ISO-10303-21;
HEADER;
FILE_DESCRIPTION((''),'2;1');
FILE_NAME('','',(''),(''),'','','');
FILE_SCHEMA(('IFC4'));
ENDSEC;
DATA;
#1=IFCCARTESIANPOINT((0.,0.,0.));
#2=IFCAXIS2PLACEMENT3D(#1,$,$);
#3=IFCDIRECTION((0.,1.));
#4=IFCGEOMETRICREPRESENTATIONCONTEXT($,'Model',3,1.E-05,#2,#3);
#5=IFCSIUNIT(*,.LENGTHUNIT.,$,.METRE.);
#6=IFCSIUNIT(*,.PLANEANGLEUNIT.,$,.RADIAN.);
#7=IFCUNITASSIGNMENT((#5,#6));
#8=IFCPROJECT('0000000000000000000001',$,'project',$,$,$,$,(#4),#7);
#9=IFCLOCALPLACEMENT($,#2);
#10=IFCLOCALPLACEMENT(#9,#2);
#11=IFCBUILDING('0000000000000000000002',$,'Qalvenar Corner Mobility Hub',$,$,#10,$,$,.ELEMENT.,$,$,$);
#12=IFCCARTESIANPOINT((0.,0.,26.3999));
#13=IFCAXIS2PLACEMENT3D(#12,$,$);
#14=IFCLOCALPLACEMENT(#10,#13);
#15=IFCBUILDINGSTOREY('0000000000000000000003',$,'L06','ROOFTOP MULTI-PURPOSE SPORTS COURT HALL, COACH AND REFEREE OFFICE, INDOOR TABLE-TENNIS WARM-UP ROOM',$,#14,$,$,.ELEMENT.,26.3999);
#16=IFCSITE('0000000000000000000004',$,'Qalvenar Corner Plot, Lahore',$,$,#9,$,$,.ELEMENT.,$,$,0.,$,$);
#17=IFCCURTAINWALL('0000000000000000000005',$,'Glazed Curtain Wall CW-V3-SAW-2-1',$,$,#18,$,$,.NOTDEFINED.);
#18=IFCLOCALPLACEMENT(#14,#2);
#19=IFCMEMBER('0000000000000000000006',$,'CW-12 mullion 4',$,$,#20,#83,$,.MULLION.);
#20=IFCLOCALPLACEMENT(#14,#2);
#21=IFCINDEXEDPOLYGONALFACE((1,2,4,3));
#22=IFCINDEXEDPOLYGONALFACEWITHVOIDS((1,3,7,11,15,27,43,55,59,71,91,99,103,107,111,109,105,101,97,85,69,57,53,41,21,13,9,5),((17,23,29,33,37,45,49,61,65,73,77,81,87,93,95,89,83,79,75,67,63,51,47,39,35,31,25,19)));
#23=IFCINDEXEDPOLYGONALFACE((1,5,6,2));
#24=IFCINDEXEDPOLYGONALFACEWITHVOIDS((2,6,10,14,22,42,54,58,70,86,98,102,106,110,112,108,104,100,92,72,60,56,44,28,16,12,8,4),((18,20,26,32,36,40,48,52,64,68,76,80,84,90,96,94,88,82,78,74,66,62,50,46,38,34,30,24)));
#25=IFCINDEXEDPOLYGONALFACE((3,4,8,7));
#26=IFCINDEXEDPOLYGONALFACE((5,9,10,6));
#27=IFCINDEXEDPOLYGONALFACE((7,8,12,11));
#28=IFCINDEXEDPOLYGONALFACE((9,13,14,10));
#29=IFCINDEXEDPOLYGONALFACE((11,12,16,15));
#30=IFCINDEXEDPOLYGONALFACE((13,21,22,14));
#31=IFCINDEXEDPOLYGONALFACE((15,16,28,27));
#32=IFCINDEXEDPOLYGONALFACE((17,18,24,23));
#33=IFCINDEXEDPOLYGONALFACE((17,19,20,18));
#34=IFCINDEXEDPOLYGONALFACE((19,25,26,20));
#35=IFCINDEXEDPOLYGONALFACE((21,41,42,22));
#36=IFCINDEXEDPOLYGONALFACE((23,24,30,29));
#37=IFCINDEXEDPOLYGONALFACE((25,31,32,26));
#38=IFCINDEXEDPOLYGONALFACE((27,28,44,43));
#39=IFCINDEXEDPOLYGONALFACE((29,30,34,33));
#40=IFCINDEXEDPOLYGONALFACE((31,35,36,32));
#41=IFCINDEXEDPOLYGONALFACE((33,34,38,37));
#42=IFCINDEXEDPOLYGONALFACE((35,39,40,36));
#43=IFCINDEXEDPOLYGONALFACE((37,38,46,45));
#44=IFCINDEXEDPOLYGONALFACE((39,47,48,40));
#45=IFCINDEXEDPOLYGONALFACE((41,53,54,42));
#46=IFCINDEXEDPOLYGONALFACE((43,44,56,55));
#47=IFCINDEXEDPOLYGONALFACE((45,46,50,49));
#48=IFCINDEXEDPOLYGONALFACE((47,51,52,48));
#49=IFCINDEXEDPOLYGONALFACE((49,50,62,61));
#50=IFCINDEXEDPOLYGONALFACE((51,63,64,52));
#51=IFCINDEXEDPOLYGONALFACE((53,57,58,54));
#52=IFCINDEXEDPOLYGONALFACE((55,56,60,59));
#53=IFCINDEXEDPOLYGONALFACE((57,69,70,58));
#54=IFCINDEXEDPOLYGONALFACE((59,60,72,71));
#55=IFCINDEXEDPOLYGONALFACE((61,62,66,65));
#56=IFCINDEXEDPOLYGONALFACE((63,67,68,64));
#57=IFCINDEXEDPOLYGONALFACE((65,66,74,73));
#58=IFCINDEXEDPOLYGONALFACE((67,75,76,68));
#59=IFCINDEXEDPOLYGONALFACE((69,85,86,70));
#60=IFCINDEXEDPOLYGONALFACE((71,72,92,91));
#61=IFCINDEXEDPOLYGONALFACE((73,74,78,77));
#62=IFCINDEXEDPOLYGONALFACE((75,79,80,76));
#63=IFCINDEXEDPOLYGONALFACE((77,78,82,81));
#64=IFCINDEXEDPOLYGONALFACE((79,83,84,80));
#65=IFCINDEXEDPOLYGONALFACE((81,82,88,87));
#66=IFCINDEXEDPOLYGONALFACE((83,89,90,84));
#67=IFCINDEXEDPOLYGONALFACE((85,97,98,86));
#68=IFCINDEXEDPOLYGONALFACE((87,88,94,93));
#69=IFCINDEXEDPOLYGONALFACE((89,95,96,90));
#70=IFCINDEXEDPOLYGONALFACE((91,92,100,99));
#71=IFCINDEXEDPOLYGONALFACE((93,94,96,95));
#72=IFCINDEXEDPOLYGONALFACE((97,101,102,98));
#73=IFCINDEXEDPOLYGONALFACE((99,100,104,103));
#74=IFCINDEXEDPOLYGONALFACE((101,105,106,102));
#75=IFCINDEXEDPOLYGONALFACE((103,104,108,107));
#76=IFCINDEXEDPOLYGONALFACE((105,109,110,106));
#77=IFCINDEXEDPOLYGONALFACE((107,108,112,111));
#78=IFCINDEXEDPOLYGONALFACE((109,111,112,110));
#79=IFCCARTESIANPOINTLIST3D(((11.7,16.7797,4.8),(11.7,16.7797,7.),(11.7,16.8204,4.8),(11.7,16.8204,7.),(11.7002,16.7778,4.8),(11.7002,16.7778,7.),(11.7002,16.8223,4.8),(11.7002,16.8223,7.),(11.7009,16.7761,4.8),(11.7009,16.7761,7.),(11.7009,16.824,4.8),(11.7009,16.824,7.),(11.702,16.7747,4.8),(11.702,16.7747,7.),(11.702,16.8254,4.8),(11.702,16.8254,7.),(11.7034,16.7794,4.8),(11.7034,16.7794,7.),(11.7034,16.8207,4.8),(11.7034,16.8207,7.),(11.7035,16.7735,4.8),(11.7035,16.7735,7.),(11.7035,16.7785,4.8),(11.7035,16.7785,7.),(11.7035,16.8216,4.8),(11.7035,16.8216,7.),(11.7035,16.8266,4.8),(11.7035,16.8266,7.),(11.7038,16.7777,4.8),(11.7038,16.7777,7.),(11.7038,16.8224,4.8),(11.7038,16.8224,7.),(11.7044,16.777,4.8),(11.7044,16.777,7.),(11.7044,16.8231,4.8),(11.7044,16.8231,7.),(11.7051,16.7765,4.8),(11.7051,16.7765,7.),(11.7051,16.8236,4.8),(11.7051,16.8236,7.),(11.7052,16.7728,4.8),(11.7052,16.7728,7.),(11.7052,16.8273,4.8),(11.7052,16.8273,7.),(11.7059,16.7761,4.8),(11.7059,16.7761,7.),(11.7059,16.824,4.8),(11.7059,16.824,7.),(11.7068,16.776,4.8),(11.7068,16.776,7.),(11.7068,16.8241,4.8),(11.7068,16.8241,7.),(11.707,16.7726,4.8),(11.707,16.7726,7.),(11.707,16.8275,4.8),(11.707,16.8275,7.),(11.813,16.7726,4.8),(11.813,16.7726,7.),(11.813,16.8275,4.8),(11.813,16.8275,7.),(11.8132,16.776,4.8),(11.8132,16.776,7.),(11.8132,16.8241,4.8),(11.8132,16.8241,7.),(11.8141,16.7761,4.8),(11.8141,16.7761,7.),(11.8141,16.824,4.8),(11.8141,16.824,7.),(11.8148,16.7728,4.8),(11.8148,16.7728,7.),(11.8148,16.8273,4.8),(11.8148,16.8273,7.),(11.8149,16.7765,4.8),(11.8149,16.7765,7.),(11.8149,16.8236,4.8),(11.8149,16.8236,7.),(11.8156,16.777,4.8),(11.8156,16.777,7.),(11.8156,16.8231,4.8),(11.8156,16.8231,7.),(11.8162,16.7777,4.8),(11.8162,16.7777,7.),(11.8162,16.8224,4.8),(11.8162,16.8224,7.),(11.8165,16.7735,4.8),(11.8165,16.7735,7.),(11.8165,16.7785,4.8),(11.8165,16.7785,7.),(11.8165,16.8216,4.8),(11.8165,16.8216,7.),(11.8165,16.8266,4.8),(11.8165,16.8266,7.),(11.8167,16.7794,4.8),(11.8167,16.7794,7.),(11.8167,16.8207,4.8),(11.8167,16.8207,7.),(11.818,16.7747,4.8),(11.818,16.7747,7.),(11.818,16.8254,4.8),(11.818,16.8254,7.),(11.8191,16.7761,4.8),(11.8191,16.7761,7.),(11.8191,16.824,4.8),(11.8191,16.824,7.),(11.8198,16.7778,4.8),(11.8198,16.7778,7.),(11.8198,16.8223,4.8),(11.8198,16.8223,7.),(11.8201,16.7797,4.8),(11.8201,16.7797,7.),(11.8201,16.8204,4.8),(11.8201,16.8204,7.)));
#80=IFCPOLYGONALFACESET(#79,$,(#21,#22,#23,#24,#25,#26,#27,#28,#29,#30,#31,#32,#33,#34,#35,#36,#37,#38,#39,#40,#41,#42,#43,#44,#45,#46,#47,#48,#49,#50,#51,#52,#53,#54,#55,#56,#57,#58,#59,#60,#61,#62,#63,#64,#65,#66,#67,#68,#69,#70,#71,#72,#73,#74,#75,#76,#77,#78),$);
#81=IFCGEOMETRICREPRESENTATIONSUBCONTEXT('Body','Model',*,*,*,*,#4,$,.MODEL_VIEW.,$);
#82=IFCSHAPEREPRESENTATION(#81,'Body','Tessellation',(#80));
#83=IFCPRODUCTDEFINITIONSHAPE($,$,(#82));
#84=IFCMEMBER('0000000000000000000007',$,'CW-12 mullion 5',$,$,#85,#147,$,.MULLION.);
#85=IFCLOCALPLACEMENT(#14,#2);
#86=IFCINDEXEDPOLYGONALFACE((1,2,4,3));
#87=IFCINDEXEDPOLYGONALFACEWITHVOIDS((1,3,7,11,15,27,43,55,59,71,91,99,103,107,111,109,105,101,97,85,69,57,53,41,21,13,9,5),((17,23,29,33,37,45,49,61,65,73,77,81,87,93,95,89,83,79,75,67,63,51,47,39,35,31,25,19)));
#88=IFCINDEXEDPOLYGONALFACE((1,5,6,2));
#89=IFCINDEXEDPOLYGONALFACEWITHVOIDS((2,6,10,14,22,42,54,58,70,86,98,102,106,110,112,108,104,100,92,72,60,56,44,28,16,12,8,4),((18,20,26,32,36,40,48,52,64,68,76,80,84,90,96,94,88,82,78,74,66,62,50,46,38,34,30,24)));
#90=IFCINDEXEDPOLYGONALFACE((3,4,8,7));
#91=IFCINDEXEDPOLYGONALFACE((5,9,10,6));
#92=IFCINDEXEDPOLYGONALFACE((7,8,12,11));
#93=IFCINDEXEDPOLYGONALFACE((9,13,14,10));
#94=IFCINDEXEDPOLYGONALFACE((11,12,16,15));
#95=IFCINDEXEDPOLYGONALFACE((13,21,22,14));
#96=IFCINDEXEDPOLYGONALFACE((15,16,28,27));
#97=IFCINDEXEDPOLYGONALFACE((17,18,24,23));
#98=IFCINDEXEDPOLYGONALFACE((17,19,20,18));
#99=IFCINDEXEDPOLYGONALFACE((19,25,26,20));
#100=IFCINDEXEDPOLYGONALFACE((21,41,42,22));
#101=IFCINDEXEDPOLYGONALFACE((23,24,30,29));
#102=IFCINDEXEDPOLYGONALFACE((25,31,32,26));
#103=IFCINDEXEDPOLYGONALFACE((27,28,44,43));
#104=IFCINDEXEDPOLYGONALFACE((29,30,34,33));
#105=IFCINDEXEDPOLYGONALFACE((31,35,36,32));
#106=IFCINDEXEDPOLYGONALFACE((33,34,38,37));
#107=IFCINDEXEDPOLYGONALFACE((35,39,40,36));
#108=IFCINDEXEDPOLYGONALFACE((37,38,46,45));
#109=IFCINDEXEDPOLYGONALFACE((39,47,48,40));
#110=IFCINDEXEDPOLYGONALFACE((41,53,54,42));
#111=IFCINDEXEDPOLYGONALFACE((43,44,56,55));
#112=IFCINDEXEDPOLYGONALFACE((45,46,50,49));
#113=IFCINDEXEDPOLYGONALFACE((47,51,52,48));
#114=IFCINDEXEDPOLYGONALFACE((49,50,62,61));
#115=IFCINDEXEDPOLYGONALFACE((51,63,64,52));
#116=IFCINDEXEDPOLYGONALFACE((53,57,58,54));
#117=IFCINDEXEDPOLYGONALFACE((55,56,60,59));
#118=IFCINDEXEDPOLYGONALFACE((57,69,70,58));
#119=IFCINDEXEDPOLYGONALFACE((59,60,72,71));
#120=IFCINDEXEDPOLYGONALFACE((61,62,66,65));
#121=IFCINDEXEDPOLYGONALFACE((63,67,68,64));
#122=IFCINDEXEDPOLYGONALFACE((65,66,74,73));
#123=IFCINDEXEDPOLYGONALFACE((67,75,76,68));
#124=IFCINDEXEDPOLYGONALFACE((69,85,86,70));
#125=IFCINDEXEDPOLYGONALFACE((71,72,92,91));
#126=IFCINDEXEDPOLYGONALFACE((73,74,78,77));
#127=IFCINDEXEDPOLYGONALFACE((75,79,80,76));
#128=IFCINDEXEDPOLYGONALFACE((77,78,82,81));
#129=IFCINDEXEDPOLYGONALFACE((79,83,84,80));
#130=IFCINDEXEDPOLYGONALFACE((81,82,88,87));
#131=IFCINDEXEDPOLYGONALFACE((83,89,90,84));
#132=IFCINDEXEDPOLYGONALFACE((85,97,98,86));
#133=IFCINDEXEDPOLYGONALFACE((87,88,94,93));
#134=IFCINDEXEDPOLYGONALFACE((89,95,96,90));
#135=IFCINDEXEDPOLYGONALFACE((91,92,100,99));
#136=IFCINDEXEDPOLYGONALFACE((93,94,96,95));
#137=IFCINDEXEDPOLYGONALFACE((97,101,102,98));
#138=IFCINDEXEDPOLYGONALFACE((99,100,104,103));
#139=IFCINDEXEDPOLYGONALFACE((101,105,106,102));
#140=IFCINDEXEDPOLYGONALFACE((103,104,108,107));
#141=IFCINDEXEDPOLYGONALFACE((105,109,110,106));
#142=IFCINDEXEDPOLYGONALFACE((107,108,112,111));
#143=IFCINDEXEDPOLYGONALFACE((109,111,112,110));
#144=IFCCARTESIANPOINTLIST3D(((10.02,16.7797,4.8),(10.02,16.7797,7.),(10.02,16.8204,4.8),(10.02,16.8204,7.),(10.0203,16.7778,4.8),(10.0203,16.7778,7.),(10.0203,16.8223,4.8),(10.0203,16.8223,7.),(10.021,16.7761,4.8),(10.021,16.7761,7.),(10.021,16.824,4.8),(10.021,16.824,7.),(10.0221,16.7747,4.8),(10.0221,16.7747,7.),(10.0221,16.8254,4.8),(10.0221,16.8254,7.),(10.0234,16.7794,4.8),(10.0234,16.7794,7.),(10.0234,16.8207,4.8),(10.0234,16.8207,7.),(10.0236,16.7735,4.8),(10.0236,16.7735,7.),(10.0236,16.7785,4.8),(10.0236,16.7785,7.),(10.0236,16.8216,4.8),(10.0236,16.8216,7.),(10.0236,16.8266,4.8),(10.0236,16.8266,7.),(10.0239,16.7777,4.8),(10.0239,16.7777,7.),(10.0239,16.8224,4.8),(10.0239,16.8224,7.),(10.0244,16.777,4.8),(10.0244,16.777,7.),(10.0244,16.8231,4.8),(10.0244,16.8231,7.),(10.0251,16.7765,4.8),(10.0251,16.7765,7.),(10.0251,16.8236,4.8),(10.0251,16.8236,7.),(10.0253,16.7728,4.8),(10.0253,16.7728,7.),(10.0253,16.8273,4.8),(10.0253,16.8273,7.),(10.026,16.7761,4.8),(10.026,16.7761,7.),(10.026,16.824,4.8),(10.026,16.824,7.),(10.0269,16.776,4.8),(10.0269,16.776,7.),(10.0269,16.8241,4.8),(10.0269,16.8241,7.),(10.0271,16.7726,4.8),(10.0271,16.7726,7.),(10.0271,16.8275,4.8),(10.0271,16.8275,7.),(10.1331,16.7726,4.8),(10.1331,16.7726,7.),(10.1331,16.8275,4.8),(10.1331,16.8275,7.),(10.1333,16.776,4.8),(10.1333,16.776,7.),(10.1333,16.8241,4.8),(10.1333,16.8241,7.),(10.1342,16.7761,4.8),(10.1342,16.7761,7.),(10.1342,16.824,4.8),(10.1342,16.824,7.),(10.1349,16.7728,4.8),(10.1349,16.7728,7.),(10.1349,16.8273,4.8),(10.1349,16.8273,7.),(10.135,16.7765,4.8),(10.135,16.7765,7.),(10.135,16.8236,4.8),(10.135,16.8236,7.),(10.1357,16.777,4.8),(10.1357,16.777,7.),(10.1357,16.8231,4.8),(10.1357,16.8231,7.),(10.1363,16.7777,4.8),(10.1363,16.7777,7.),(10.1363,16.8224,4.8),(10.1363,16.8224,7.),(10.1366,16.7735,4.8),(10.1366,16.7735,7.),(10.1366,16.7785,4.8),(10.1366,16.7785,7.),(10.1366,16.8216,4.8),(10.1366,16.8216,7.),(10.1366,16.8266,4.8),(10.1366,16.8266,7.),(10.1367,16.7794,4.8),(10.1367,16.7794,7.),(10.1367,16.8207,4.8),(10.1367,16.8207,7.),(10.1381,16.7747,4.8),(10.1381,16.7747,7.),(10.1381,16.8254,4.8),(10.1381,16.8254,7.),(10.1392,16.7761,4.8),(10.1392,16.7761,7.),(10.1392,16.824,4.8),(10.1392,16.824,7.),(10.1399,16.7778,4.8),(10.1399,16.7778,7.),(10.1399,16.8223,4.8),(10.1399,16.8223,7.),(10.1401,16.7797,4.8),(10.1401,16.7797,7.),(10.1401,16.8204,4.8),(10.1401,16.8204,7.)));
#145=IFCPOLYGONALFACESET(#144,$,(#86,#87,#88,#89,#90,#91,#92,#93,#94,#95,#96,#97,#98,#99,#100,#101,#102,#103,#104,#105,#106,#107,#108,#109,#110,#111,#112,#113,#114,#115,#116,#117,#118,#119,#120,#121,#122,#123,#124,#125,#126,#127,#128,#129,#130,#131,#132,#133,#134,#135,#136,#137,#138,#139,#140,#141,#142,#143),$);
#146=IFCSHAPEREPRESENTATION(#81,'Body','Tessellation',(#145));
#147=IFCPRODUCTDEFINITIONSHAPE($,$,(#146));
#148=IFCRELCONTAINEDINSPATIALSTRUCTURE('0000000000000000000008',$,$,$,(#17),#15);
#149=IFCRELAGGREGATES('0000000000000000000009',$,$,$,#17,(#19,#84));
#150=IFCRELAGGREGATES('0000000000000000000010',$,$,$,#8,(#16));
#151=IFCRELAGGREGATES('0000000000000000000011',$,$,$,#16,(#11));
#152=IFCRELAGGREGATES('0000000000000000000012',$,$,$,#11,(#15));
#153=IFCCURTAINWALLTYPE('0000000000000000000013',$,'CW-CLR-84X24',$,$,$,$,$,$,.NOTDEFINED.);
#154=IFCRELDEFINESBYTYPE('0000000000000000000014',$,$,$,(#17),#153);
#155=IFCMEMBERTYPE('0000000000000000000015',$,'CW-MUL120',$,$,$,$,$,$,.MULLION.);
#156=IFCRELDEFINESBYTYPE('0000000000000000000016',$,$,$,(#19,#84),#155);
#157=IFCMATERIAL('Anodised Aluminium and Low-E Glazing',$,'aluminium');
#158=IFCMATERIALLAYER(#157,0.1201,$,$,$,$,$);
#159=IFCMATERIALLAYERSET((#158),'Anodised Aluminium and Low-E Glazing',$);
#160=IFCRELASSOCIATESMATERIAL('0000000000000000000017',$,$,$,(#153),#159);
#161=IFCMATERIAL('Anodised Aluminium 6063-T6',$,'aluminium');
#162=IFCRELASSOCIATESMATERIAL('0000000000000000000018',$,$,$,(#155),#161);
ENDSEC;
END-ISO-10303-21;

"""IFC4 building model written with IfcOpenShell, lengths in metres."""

from ifc_helpers import new_model, si_unit, direction, frame, origin, origin_2d, place, context, subcontext, project, spatial, hollow_rectangle, extrude, material, layer, layer_set, material_profile, profile_set, type_object, element, aggregate, save


model = new_model("IFC4")

# Units and contexts
model_context = context("Model", 3, precision=1e-05, world=origin(), true_north=direction((0.0, 1.0)))
body_context = subcontext(model_context, "Body", "Model", "MODEL_VIEW")
ifc_project = project(units=[si_unit("LENGTHUNIT", "METRE"), si_unit("PLANEANGLEUNIT", "RADIAN")], contexts=[model_context])

# Site, building, storey
site_placement = place(None, origin())
site = spatial("IfcSite", under=ifc_project, at=site_placement, Name="Qalvenar Corner Plot, Lahore", CompositionType="ELEMENT", RefElevation=0.0)
building_placement = place(site_placement, origin())
building = spatial("IfcBuilding", under=site, at=building_placement, Name="Qalvenar Corner Mobility Hub", CompositionType="ELEMENT")
storey_placement = place(building_placement, frame((0.0, 0.0, 26.3999)))
storey = spatial("IfcBuildingStorey", under=building, at=storey_placement, Name="L06", Description="ROOFTOP MULTI-PURPOSE SPORTS COURT HALL, COACH AND REFEREE OFFICE, INDOOR TABLE-TENNIS WARM-UP ROOM", CompositionType="ELEMENT", Elevation=26.3999)

# Curtain wall, members
ifc_material_1 = material(Name="Anodised Aluminium and Low-E Glazing", Category="aluminium")
ifc_layer_1 = layer(ifc_material_1, 0.1201)
ifc_layer_set_1 = layer_set([ifc_layer_1], Name="Anodised Aluminium and Low-E Glazing")
curtain_wall_type = type_object("IfcCurtainWallType", Name="CW-CLR-84X24", PredefinedType="NOTDEFINED", material=ifc_layer_set_1)
ifc_material_2 = material(Name="Anodised Aluminium 6063-T6", Category="aluminium")
ifc_material_profile_1 = material_profile(ifc_material_2, hollow_rectangle(XDim=0.0549, YDim=0.1201, WallThickness=0.0034, InnerFilletRadius=0.0034, OuterFilletRadius=0.0071, at=origin_2d()), Name="RHS120x55x3.5")
ifc_profile_set_1 = profile_set([ifc_material_profile_1], Name="Anodised Aluminium 6063-T6")
member_type_1 = type_object("IfcMemberType", Name="CW-MUL120", PredefinedType="MULLION", material=ifc_profile_set_1)
curtain_wall_1_placement = place(storey_placement, origin())
curtain_wall_1 = element("IfcCurtainWall", 1, at=curtain_wall_1_placement, inside=storey, type_object=curtain_wall_type, Name="Glazed Curtain Wall CW-V3-SAW-2-1", PredefinedType="NOTDEFINED")
member_1_placement = place(storey_placement, frame((11.76, 16.8, 4.8), z_axis=(0.0, 0.0, 1.0), x_axis=(0.0, -1.0, 0.0)))
member_1 = element("IfcMember", 2, at=member_1_placement, type_object=member_type_1, Name="CW-12 mullion 4", PredefinedType="MULLION", context=body_context, shape_type="SweptSolid", body=[
    extrude(hollow_rectangle(XDim=0.0549, YDim=0.1201, WallThickness=0.0034, InnerFilletRadius=0.0034, OuterFilletRadius=0.0071, at=origin_2d()), origin(), (0.0, 0.0, 1.0), 2.2),
])
member_2_placement = place(storey_placement, frame((10.0801, 16.8, 4.8), z_axis=(0.0, 0.0, 1.0), x_axis=(0.0, -1.0, 0.0)))
member_2 = element("IfcMember", 3, at=member_2_placement, type_object=member_type_1, Name="CW-12 mullion 5", PredefinedType="MULLION", context=body_context, shape_type="SweptSolid", body=[
    extrude(hollow_rectangle(XDim=0.0549, YDim=0.1201, WallThickness=0.0034, InnerFilletRadius=0.0034, OuterFilletRadius=0.0071, at=origin_2d()), origin(), (0.0, 0.0, 1.0), 2.2),
])

aggregate(curtain_wall_1, [member_1, member_2])

save(model, "model.ifc")
